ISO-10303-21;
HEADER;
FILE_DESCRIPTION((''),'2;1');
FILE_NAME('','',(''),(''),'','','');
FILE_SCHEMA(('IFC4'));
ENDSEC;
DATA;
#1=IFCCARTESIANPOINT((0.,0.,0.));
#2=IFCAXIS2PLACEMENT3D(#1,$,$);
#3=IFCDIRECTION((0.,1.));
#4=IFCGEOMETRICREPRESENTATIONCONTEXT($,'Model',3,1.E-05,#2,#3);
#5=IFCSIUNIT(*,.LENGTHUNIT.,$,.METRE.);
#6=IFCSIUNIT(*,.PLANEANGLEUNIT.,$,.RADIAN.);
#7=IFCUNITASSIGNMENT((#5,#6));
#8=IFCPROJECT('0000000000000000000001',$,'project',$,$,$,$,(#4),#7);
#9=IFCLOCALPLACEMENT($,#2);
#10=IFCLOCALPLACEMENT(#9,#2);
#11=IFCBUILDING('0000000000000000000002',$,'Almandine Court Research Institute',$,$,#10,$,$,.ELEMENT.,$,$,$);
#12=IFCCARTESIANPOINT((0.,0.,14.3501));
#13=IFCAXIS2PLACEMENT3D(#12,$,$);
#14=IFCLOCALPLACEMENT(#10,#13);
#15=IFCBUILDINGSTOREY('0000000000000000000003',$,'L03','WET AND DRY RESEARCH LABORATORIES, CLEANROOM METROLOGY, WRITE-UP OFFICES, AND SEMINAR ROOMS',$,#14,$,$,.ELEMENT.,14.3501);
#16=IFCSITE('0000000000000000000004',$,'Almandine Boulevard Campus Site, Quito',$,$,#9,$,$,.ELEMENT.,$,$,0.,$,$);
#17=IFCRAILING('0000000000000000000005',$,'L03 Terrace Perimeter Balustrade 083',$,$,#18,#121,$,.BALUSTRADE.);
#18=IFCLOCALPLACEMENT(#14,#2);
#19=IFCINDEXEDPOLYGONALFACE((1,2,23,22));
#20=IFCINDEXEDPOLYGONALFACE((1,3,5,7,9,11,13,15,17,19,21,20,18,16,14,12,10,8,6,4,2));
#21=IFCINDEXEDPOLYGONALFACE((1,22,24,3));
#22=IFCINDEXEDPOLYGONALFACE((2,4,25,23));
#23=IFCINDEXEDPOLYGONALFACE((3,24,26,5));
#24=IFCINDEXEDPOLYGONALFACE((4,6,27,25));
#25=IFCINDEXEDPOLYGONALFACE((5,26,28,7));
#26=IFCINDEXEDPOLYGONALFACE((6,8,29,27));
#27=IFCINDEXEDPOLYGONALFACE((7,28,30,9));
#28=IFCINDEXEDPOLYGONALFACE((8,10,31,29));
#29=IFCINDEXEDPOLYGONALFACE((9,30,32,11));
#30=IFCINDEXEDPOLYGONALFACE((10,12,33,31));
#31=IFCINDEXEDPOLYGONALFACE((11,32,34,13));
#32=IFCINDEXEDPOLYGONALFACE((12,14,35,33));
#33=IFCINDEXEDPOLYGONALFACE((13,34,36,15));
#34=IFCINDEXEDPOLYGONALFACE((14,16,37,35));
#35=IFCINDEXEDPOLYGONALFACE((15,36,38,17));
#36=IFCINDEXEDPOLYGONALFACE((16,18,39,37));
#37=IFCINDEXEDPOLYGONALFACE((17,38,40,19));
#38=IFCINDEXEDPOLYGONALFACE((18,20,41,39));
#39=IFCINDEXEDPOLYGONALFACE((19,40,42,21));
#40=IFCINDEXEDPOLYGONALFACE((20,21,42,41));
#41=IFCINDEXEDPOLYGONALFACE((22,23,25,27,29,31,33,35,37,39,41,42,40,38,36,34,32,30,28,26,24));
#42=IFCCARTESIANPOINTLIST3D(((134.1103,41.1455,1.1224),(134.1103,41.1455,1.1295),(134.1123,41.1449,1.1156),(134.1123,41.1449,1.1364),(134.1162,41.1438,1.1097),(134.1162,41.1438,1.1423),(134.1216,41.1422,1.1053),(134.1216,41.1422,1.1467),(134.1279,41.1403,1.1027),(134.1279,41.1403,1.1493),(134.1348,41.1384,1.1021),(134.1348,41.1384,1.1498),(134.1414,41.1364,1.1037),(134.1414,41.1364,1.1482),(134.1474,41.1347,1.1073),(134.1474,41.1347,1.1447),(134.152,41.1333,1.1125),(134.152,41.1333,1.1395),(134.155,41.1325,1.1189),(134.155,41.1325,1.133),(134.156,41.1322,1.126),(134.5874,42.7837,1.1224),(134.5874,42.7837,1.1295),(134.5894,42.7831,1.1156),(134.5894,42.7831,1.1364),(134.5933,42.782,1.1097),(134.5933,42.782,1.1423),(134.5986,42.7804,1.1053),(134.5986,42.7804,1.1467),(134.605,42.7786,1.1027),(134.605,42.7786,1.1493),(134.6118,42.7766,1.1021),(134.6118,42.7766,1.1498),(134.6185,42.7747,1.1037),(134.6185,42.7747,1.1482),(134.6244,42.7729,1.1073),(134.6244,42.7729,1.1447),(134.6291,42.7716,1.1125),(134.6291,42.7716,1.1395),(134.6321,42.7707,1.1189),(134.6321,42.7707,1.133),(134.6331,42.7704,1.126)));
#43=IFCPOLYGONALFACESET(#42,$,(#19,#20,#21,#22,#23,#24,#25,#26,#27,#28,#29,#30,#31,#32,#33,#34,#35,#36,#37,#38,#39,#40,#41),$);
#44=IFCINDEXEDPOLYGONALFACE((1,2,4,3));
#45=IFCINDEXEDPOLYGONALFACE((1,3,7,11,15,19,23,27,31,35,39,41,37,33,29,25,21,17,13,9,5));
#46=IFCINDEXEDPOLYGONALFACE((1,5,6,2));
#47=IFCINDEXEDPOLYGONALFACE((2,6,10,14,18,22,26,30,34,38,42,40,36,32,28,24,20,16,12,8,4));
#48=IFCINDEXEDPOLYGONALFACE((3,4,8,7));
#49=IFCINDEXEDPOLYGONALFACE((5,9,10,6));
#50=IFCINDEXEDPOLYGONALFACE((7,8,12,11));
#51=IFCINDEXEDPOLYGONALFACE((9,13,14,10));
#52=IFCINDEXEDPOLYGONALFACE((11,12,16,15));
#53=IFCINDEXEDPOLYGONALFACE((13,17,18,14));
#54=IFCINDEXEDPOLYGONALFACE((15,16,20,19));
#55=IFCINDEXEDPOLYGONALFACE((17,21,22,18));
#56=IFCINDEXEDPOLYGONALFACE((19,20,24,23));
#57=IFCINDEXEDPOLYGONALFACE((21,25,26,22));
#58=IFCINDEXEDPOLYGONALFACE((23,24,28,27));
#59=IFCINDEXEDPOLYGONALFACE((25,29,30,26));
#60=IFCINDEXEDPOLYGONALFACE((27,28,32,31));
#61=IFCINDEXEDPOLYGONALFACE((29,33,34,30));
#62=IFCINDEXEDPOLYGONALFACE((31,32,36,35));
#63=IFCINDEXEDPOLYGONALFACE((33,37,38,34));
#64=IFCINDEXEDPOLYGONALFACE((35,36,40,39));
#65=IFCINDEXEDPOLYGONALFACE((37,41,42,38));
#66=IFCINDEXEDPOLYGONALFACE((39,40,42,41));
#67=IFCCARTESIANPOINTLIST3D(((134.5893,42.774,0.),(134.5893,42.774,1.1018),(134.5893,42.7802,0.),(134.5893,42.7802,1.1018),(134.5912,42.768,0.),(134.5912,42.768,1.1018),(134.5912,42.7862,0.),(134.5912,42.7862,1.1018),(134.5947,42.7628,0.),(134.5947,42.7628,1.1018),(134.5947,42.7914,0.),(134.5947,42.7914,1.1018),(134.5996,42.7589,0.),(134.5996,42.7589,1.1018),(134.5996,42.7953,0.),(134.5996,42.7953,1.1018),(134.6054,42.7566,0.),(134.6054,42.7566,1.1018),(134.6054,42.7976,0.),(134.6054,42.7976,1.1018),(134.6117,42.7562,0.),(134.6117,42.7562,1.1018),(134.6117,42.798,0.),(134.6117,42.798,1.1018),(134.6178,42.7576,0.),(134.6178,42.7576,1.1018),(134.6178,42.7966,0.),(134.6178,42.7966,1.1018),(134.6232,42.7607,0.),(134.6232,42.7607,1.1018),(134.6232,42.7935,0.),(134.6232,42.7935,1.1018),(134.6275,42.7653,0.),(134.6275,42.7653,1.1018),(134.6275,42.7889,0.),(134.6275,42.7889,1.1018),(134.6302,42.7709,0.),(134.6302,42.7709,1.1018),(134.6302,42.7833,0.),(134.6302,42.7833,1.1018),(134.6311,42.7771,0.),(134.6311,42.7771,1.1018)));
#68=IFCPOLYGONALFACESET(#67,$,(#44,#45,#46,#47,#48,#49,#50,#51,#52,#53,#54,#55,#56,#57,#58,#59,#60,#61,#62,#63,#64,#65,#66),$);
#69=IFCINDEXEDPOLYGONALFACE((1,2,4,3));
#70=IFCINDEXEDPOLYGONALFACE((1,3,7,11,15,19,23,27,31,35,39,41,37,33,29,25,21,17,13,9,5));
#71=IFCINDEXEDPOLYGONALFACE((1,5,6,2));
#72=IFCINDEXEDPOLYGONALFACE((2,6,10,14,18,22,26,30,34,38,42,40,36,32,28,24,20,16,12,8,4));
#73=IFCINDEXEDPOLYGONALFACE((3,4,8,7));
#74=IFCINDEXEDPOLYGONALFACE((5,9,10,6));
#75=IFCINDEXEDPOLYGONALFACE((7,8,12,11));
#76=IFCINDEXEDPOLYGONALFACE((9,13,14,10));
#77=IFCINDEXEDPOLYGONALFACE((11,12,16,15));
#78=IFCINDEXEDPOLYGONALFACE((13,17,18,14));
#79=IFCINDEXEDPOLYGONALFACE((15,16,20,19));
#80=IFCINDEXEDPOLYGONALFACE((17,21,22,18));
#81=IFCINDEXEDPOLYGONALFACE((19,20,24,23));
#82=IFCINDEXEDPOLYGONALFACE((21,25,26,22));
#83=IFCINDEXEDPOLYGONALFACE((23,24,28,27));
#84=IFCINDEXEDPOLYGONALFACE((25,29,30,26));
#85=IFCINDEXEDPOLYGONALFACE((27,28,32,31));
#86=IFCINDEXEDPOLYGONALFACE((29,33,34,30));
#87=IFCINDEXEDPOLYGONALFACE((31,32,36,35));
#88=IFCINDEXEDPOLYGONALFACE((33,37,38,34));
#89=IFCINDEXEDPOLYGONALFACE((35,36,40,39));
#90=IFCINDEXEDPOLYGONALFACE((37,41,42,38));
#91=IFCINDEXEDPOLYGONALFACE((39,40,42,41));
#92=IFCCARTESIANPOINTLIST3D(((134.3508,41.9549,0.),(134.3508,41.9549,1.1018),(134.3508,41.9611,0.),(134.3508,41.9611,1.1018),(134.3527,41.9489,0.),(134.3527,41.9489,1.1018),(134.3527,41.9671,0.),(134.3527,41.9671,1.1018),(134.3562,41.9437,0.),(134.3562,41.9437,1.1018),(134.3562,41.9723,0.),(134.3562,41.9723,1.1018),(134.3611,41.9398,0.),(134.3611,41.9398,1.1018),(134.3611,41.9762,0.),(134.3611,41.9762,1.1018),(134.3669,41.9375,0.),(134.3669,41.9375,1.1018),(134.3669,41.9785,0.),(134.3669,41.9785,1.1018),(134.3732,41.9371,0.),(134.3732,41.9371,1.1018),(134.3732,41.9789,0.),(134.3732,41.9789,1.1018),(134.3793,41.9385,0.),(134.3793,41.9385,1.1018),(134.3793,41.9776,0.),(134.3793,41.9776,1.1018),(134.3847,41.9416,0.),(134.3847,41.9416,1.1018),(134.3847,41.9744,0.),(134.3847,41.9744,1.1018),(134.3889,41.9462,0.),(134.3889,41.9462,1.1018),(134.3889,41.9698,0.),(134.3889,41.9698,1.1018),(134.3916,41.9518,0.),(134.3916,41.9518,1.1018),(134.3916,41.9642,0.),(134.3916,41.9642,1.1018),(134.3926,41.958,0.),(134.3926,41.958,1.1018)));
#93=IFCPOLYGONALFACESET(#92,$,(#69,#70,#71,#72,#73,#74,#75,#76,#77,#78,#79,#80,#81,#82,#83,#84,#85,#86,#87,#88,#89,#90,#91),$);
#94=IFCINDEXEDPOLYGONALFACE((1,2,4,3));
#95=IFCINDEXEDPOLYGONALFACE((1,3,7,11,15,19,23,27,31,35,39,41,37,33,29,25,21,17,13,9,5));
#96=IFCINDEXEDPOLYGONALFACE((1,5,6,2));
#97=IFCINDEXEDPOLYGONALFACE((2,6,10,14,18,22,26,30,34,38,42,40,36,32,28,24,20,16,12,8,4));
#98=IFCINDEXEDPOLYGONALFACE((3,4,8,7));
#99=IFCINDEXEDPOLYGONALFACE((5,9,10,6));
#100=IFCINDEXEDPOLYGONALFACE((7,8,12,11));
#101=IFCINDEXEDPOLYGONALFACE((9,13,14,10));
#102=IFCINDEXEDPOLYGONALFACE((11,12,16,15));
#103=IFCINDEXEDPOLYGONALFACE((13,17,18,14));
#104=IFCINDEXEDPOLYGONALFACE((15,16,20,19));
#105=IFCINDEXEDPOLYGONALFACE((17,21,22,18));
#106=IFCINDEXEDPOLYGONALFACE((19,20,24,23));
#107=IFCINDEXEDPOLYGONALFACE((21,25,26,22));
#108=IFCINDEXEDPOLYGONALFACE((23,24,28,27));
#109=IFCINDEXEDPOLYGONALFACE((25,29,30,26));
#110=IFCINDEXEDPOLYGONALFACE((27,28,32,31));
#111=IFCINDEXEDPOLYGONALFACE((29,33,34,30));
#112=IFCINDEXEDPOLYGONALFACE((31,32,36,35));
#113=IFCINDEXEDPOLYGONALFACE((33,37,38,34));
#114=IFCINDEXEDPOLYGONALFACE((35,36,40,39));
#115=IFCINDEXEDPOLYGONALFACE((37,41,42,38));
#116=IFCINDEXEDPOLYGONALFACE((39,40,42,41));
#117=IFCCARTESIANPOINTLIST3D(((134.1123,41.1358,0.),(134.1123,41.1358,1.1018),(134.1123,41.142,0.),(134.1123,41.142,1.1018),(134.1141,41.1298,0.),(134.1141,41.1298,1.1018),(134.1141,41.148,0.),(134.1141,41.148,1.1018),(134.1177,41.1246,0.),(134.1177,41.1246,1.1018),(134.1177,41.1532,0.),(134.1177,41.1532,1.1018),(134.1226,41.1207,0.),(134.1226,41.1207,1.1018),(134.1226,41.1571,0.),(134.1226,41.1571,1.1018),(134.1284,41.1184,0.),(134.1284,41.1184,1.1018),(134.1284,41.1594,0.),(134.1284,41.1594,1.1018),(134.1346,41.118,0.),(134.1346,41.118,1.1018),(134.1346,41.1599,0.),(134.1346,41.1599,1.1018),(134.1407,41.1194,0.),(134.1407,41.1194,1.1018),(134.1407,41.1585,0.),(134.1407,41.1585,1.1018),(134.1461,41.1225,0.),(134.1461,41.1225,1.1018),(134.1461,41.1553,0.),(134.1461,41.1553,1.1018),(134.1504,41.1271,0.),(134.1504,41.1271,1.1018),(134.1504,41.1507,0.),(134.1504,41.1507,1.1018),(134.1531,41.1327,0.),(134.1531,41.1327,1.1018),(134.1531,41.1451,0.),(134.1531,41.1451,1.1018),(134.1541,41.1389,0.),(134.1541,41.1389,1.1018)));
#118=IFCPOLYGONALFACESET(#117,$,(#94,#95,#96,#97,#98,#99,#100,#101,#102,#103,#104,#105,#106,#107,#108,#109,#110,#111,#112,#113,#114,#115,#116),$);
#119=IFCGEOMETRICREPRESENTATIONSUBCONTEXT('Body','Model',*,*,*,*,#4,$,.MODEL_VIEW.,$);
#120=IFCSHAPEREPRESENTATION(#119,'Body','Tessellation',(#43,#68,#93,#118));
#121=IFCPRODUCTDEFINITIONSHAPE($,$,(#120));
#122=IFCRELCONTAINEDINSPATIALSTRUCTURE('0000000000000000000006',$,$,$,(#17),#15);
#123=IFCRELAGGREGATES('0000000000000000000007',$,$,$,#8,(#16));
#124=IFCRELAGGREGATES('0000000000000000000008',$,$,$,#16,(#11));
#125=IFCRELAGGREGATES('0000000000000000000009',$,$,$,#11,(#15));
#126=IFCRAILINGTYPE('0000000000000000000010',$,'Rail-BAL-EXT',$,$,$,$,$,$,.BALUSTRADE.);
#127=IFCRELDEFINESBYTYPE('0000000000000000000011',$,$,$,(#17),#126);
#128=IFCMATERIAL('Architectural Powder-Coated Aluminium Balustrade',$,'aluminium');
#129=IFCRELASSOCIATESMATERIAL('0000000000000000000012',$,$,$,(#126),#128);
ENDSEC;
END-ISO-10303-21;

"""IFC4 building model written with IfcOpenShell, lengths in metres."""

from ifc_helpers import new_model, si_unit, direction, frame, origin, origin_2d, place, context, subcontext, project, spatial, circle, extrude, material, type_object, element, save


model = new_model("IFC4")

# Units and contexts
model_context = context("Model", 3, precision=1e-05, world=origin(), true_north=direction((0.0, 1.0)))
body_context = subcontext(model_context, "Body", "Model", "MODEL_VIEW")
ifc_project = project(units=[si_unit("LENGTHUNIT", "METRE"), si_unit("PLANEANGLEUNIT", "RADIAN")], contexts=[model_context])

# Site, building, storey
site_placement = place(None, origin())
site = spatial("IfcSite", under=ifc_project, at=site_placement, Name="Almandine Boulevard Campus Site, Quito", CompositionType="ELEMENT", RefElevation=0.0)
building_placement = place(site_placement, origin())
building = spatial("IfcBuilding", under=site, at=building_placement, Name="Almandine Court Research Institute", CompositionType="ELEMENT")
storey_placement = place(building_placement, frame((0.0, 0.0, 14.3501)))
storey = spatial("IfcBuildingStorey", under=building, at=storey_placement, Name="L03", Description="WET AND DRY RESEARCH LABORATORIES, CLEANROOM METROLOGY, WRITE-UP OFFICES, AND SEMINAR ROOMS", CompositionType="ELEMENT", Elevation=14.3501)

# Railing
ifc_material_1 = material(Name="Architectural Powder-Coated Aluminium Balustrade", Category="aluminium")
railing_type = type_object("IfcRailingType", Name="Rail-BAL-EXT", PredefinedType="BALUSTRADE", material=ifc_material_1)
railing_1_placement = place(storey_placement, frame((134.6101, 42.7771, 0.0)))
element("IfcRailing", 1, at=railing_1_placement, inside=storey, type_object=railing_type, Name="L03 Terrace Perimeter Balustrade 083", PredefinedType="BALUSTRADE", context=body_context, shape_type="SweptSolid", body=[
    extrude(circle(Radius=0.0239, at=origin_2d()), frame((0.0, 0.0, 1.126), z_axis=(-0.279593, -0.960119, 0.0), x_axis=(0.960119, -0.279593, 0.0)), (0.0, 0.0, 1.0), 1.7063),
    extrude(circle(Radius=0.021, at=origin_2d()), origin(), (0.0, 0.0, 1.0), 1.1018),
    extrude(circle(Radius=0.021, at=origin_2d()), frame((-0.2385, -0.8191, 0.0)), (0.0, 0.0, 1.0), 1.1018),
    extrude(circle(Radius=0.021, at=origin_2d()), frame((-0.4771, -1.6382, 0.0)), (0.0, 0.0, 1.0), 1.1018),
])

save(model, "model.ifc")
